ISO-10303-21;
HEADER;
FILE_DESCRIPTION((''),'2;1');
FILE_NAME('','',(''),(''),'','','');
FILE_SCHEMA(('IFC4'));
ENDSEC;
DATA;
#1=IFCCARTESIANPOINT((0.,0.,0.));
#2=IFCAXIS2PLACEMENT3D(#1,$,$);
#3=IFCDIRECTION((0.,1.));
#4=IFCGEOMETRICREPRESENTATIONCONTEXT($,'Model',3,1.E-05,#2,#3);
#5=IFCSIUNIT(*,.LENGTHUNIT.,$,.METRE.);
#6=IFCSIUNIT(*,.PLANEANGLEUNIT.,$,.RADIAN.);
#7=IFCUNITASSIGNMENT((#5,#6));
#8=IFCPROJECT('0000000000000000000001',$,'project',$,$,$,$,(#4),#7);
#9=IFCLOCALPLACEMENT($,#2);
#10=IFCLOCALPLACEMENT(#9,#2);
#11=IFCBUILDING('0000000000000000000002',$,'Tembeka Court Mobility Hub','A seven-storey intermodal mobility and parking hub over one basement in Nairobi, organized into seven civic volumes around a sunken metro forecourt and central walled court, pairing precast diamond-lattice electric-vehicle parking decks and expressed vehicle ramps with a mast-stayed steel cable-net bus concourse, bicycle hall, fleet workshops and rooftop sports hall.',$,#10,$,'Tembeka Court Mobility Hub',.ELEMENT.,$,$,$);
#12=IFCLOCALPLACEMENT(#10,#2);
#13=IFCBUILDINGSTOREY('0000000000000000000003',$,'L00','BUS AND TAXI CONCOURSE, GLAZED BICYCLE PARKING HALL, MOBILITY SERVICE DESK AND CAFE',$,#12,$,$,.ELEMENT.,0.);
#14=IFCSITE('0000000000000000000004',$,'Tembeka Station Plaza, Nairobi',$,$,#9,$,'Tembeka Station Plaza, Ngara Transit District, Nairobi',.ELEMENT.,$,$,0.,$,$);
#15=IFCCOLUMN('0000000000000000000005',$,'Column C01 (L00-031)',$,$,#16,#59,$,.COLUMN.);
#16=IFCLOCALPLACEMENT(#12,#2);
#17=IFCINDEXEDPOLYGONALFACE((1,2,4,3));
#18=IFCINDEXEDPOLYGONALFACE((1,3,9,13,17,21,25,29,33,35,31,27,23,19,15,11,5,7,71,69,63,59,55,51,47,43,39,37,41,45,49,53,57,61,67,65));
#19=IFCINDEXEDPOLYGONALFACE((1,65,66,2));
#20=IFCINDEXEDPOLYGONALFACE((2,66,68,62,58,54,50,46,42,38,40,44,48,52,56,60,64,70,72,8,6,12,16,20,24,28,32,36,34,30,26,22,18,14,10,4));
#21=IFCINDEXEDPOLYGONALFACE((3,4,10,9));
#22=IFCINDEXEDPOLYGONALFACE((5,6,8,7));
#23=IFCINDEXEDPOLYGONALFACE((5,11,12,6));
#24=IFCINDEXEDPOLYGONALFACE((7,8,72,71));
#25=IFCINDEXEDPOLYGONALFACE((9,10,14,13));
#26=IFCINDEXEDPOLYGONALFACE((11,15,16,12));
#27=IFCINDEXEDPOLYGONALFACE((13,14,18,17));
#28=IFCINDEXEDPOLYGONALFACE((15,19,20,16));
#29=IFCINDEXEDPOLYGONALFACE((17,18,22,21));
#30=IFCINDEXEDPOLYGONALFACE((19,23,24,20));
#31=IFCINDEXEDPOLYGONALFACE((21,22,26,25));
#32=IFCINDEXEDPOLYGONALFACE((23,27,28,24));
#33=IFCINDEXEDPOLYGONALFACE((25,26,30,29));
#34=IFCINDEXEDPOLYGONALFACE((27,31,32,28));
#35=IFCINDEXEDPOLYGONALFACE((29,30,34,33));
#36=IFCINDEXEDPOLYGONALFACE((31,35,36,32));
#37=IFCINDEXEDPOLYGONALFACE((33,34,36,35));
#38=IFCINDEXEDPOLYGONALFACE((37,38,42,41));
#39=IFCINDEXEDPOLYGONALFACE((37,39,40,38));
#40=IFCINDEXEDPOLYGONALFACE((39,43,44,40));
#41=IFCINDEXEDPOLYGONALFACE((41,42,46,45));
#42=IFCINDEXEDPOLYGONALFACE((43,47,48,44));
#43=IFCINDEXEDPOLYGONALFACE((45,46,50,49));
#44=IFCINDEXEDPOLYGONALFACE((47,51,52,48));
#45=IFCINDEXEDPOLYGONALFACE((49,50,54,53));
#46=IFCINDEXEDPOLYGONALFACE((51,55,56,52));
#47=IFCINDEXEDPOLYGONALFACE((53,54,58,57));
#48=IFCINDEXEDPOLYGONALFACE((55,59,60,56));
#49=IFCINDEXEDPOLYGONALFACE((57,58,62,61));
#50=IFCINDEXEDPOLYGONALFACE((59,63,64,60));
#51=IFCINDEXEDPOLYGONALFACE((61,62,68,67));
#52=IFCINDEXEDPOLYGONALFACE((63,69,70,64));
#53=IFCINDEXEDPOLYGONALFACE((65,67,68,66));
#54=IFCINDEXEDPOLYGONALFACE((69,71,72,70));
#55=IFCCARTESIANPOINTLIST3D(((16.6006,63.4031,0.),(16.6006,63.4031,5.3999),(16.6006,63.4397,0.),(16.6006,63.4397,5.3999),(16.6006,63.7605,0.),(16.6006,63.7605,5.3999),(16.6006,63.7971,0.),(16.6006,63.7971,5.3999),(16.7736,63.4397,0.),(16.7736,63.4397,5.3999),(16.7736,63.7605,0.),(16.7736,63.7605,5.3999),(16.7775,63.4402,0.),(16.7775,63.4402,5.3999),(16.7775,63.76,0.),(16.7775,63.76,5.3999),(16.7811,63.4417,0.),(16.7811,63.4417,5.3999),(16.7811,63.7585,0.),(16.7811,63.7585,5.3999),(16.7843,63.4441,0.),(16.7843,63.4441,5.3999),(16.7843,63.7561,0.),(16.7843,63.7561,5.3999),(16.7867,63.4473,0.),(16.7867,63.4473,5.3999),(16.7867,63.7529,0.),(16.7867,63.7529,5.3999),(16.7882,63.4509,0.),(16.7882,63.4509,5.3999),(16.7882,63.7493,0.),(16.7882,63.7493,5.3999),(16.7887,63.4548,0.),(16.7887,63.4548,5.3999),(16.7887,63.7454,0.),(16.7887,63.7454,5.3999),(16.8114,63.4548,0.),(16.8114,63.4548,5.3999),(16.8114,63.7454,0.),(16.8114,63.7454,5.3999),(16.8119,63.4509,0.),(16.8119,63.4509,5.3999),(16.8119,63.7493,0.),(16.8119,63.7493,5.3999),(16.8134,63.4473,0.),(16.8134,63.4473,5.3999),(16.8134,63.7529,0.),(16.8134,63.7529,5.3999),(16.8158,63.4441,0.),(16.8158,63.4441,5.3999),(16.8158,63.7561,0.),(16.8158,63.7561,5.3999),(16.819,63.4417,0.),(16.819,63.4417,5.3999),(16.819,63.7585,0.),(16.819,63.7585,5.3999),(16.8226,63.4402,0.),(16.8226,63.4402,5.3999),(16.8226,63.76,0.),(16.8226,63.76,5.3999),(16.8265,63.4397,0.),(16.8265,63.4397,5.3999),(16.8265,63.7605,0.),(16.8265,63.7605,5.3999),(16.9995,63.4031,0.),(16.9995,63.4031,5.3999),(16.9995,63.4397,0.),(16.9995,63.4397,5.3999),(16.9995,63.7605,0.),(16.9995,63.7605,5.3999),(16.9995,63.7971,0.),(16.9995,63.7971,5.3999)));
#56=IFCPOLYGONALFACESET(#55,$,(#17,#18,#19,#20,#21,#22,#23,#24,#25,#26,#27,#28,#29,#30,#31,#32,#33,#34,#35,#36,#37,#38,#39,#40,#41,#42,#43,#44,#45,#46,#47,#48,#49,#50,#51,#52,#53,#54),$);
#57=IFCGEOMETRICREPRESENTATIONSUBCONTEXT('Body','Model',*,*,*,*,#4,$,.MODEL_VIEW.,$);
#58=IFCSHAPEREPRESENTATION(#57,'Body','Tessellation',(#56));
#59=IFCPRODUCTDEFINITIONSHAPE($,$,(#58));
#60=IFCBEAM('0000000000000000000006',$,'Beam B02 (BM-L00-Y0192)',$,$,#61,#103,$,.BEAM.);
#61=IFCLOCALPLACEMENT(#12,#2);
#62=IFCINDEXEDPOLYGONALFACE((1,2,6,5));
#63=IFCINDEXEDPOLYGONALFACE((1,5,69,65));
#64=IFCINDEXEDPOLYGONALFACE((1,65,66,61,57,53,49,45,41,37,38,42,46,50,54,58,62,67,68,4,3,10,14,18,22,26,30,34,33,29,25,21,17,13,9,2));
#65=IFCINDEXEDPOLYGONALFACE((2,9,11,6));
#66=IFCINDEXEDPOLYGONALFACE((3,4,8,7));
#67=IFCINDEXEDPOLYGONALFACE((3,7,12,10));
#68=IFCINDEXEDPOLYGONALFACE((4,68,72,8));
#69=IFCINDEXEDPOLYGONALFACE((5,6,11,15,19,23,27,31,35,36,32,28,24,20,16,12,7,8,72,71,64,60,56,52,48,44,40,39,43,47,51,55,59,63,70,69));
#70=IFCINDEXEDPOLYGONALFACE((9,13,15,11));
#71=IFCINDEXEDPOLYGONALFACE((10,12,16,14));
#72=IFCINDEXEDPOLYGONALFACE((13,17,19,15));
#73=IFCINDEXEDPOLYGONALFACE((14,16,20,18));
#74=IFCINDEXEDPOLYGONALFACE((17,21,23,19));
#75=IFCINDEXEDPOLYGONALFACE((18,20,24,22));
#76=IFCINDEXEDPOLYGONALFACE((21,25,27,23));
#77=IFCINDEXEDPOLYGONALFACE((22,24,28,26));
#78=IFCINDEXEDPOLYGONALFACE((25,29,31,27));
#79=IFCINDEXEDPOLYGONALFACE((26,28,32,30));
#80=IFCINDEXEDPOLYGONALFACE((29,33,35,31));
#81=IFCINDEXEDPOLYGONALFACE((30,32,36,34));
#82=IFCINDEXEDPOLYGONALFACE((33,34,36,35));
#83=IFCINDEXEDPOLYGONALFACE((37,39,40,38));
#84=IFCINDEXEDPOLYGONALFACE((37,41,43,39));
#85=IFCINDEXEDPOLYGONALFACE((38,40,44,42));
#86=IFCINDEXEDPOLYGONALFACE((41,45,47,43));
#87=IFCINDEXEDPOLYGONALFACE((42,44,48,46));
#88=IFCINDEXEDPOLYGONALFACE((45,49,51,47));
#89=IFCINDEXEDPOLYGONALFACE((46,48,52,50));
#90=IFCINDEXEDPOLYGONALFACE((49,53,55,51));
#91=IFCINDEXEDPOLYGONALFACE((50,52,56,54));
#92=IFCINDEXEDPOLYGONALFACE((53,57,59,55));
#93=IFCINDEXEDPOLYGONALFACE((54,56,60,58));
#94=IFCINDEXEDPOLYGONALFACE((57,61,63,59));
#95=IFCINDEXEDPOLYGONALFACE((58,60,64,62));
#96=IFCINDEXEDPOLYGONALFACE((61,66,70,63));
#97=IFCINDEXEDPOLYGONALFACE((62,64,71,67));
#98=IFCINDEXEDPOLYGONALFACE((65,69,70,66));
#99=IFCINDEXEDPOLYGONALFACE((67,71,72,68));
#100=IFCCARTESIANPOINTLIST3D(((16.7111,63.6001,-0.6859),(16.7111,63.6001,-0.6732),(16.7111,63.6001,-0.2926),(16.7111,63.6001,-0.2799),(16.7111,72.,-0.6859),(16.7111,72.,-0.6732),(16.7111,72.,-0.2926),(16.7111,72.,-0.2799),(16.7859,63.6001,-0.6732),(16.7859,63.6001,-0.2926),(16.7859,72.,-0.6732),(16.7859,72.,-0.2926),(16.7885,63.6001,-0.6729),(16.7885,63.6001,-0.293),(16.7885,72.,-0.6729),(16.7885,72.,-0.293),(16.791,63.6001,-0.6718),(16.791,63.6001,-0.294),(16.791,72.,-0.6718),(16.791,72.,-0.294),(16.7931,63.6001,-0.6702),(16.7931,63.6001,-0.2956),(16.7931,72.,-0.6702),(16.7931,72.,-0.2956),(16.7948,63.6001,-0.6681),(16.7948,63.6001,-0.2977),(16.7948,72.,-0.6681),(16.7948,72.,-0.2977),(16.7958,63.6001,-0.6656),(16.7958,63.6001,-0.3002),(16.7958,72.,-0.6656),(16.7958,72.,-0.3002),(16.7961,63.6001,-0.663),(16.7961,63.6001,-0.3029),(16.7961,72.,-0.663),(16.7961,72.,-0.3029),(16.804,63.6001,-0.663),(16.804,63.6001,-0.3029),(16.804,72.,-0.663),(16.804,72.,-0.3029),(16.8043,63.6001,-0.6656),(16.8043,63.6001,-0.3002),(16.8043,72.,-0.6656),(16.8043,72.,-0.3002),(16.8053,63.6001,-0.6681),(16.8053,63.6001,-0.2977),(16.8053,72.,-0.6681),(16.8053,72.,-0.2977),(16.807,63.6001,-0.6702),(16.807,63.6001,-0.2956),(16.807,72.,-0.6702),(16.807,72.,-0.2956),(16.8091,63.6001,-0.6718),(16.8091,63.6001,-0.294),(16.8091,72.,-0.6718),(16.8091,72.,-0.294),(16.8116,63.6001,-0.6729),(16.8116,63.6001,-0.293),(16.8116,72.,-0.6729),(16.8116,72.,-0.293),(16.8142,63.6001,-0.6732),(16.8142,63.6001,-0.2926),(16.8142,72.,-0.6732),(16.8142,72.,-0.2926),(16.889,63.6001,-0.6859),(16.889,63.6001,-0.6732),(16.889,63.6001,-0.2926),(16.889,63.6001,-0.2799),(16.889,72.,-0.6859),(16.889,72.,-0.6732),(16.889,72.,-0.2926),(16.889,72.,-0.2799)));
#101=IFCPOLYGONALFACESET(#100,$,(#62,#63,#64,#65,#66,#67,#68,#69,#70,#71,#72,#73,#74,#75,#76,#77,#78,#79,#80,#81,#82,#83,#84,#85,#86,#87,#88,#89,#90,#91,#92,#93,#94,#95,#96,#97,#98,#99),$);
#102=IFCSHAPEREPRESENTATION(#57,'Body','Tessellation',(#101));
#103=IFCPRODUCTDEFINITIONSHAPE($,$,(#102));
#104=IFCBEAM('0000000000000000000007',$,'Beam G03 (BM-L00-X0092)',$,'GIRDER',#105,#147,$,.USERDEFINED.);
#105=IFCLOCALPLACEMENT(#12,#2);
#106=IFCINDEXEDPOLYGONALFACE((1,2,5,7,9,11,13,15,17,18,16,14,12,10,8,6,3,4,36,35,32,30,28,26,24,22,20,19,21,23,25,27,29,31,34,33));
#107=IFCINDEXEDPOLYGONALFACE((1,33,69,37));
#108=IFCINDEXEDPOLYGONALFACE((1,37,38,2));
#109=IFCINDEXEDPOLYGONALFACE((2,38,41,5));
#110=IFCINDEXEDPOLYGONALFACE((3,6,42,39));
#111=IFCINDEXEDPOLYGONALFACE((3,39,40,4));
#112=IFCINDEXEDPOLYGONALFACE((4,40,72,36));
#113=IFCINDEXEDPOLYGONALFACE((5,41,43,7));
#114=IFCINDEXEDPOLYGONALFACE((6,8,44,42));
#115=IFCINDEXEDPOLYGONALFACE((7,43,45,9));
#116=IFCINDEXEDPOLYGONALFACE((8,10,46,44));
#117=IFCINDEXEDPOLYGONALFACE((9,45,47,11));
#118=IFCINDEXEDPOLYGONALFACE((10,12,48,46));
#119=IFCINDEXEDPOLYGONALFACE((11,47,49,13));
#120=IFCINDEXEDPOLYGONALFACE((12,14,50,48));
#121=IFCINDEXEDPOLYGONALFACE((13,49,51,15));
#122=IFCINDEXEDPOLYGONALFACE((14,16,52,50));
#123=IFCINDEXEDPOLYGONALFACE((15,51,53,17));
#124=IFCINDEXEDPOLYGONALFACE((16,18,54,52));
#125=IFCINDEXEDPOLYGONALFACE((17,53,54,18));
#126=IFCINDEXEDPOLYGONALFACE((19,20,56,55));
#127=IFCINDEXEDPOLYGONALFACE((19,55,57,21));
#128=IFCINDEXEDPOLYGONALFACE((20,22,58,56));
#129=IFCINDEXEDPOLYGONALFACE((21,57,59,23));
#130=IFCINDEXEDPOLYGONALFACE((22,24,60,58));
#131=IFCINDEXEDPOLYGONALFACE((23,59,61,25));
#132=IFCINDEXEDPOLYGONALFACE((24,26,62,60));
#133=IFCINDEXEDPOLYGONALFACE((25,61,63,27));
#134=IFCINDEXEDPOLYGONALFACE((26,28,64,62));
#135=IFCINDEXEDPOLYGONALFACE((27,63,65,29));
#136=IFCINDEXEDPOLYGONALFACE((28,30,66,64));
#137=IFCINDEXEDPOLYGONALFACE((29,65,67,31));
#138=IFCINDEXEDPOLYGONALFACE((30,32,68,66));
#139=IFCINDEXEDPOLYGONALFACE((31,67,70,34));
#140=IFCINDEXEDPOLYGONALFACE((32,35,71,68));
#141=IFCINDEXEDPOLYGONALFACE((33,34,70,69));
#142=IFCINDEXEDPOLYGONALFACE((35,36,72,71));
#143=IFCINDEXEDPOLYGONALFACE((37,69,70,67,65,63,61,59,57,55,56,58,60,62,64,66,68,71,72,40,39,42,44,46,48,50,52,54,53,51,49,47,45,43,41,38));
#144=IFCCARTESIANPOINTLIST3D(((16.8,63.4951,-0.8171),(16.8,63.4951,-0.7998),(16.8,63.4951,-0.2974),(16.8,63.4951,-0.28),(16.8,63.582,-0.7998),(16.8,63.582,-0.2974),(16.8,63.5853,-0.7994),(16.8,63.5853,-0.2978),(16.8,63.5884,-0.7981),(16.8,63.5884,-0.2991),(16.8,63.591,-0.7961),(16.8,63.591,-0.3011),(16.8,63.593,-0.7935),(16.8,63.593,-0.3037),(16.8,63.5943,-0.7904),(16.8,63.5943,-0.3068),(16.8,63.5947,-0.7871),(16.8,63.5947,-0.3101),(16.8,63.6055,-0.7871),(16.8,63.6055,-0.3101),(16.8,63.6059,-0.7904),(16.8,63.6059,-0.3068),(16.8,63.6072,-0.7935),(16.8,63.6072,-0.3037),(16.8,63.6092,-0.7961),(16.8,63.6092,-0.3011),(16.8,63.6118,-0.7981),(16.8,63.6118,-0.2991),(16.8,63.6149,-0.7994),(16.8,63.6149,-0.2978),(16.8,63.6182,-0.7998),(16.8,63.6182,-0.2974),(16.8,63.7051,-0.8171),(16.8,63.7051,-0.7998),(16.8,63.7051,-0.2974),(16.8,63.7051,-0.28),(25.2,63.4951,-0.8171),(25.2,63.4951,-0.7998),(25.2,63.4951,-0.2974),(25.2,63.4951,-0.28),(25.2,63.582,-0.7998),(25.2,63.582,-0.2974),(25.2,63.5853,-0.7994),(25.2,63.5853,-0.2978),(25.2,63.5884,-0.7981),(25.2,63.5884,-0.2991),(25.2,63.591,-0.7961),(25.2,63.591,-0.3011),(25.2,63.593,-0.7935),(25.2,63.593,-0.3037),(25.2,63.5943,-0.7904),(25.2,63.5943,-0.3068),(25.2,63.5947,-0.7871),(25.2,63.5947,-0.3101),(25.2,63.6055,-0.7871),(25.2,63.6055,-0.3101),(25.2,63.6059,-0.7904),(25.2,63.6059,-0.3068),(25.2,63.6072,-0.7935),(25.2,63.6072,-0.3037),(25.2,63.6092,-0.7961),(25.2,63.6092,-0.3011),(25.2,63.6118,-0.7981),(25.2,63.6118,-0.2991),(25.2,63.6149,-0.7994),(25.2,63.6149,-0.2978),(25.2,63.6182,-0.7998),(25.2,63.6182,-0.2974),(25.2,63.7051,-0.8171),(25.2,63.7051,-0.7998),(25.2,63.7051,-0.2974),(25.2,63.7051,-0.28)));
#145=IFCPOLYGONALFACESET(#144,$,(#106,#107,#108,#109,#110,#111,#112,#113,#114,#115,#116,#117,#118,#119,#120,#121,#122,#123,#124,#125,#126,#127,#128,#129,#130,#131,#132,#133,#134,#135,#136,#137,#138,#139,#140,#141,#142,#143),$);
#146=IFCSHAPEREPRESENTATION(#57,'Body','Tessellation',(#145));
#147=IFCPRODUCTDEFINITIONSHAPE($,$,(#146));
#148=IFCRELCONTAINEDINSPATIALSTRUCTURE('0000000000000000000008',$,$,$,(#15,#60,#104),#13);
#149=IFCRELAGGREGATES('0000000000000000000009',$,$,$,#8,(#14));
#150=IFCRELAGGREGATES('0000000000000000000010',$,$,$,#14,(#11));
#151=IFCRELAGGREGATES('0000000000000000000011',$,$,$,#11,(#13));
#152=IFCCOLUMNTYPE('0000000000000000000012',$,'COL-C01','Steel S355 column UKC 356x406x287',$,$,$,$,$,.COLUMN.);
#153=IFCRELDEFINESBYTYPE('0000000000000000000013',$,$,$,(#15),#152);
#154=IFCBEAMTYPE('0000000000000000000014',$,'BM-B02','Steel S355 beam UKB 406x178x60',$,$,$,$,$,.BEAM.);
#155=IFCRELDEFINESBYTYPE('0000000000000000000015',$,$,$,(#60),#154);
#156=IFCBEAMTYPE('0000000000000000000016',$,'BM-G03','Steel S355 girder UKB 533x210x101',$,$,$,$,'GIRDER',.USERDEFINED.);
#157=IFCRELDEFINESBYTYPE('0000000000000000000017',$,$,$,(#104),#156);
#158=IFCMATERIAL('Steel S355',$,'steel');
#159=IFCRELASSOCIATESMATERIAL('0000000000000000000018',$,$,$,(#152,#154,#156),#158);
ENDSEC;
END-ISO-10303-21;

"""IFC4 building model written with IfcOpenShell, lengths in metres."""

from ifc_helpers import new_model, si_unit, direction, frame, origin, origin_2d, place, context, subcontext, project, spatial, i_section, extrude, material, material_profile, profile_set, type_object, element, save


model = new_model("IFC4")

# Units and contexts
model_context = context("Model", 3, precision=1e-05, world=origin(), true_north=direction((0.0, 1.0)))
body_context = subcontext(model_context, "Body", "Model", "MODEL_VIEW")
ifc_project = project(units=[si_unit("LENGTHUNIT", "METRE"), si_unit("PLANEANGLEUNIT", "RADIAN")], contexts=[model_context])

# Site, building, storey
site_placement = place(None, origin())
site = spatial("IfcSite", under=ifc_project, at=site_placement, Name="Tembeka Station Plaza, Nairobi", LongName="Tembeka Station Plaza, Ngara Transit District, Nairobi", CompositionType="ELEMENT", RefElevation=0.0)
building_placement = place(site_placement, origin())
building = spatial("IfcBuilding", under=site, at=building_placement, Name="Tembeka Court Mobility Hub", Description="A seven-storey intermodal mobility and parking hub over one basement in Nairobi, organized into seven civic volumes around a sunken metro forecourt and central walled court, pairing precast diamond-lattice electric-vehicle parking decks and expressed vehicle ramps with a mast-stayed steel cable-net bus concourse, bicycle hall, fleet workshops and rooftop sports hall.", LongName="Tembeka Court Mobility Hub", CompositionType="ELEMENT")
storey_placement = place(building_placement, origin())
storey = spatial("IfcBuildingStorey", under=building, at=storey_placement, Name="L00", Description="BUS AND TAXI CONCOURSE, GLAZED BICYCLE PARKING HALL, MOBILITY SERVICE DESK AND CAFE", CompositionType="ELEMENT", Elevation=0.0)

# Column
ifc_material_1 = material(Name="Steel S355", Category="steel")
ifc_material_profile_1 = material_profile(ifc_material_1, i_section(OverallWidth=0.3989, OverallDepth=0.394, WebThickness=0.0227, FlangeThickness=0.0366, FilletRadius=0.0151, at=origin_2d()), Name="UKC 356x406x287")
ifc_profile_set_1 = profile_set([ifc_material_profile_1], Name="Steel S355")
column_type = type_object("IfcColumnType", Name="COL-C01", Description="Steel S355 column UKC 356x406x287", PredefinedType="COLUMN", material=ifc_profile_set_1)
column_placement = place(storey_placement, frame((16.8, 63.6001, 0.0), z_axis=(0.0, 0.0, 1.0), x_axis=(1.0, 0.0, 0.0)))
element("IfcColumn", 1, at=column_placement, inside=storey, type_object=column_type, Name="Column C01 (L00-031)", PredefinedType="COLUMN", context=body_context, shape_type="SweptSolid", body=[
    extrude(i_section(OverallWidth=0.3989, OverallDepth=0.394, WebThickness=0.0227, FlangeThickness=0.0366, FilletRadius=0.0151, at=origin_2d()), origin(), (0.0, 0.0, 1.0), 5.3999),
])

# Beams
ifc_material_profile_2 = material_profile(ifc_material_1, i_section(OverallWidth=0.178, OverallDepth=0.406, WebThickness=0.0078, FlangeThickness=0.0127, FilletRadius=0.0103, at=origin_2d()), Name="UKB 406x178x60")
ifc_profile_set_2 = profile_set([ifc_material_profile_2], Name="Steel S355")
beam_type_1 = type_object("IfcBeamType", Name="BM-B02", Description="Steel S355 beam UKB 406x178x60", PredefinedType="BEAM", material=ifc_profile_set_2)
beam_1_placement = place(storey_placement, frame((16.8, 63.6001, -0.4829), z_axis=(0.0, 1.0, 0.0), x_axis=(-1.0, 0.0, 0.0)))
element("IfcBeam", 2, at=beam_1_placement, inside=storey, type_object=beam_type_1, Name="Beam B02 (BM-L00-Y0192)", PredefinedType="BEAM", context=body_context, shape_type="SweptSolid", body=[
    extrude(i_section(OverallWidth=0.178, OverallDepth=0.406, WebThickness=0.0078, FlangeThickness=0.0127, FilletRadius=0.0103, at=origin_2d()), origin(), (0.0, 0.0, 1.0), 8.3999),
])
ifc_material_profile_3 = material_profile(ifc_material_1, i_section(OverallWidth=0.21, OverallDepth=0.5371, WebThickness=0.0107, FlangeThickness=0.0173, FilletRadius=0.0127, at=origin_2d()), Name="UKB 533x210x101")
ifc_profile_set_3 = profile_set([ifc_material_profile_3], Name="Steel S355")
beam_type_2 = type_object("IfcBeamType", Name="BM-G03", Description="Steel S355 girder UKB 533x210x101", ElementType="GIRDER", PredefinedType="USERDEFINED", material=ifc_profile_set_3)
beam_2_placement = place(storey_placement, frame((16.8, 63.6001, -0.5486), z_axis=(1.0, 0.0, 0.0), x_axis=(0.0, 1.0, 0.0)))
element("IfcBeam", 3, at=beam_2_placement, inside=storey, type_object=beam_type_2, Name="Beam G03 (BM-L00-X0092)", ObjectType="GIRDER", PredefinedType="USERDEFINED", context=body_context, shape_type="SweptSolid", body=[
    extrude(i_section(OverallWidth=0.21, OverallDepth=0.5371, WebThickness=0.0107, FlangeThickness=0.0173, FilletRadius=0.0127, at=origin_2d()), origin(), (0.0, 0.0, 1.0), 8.3999),
])

save(model, "model.ifc")
